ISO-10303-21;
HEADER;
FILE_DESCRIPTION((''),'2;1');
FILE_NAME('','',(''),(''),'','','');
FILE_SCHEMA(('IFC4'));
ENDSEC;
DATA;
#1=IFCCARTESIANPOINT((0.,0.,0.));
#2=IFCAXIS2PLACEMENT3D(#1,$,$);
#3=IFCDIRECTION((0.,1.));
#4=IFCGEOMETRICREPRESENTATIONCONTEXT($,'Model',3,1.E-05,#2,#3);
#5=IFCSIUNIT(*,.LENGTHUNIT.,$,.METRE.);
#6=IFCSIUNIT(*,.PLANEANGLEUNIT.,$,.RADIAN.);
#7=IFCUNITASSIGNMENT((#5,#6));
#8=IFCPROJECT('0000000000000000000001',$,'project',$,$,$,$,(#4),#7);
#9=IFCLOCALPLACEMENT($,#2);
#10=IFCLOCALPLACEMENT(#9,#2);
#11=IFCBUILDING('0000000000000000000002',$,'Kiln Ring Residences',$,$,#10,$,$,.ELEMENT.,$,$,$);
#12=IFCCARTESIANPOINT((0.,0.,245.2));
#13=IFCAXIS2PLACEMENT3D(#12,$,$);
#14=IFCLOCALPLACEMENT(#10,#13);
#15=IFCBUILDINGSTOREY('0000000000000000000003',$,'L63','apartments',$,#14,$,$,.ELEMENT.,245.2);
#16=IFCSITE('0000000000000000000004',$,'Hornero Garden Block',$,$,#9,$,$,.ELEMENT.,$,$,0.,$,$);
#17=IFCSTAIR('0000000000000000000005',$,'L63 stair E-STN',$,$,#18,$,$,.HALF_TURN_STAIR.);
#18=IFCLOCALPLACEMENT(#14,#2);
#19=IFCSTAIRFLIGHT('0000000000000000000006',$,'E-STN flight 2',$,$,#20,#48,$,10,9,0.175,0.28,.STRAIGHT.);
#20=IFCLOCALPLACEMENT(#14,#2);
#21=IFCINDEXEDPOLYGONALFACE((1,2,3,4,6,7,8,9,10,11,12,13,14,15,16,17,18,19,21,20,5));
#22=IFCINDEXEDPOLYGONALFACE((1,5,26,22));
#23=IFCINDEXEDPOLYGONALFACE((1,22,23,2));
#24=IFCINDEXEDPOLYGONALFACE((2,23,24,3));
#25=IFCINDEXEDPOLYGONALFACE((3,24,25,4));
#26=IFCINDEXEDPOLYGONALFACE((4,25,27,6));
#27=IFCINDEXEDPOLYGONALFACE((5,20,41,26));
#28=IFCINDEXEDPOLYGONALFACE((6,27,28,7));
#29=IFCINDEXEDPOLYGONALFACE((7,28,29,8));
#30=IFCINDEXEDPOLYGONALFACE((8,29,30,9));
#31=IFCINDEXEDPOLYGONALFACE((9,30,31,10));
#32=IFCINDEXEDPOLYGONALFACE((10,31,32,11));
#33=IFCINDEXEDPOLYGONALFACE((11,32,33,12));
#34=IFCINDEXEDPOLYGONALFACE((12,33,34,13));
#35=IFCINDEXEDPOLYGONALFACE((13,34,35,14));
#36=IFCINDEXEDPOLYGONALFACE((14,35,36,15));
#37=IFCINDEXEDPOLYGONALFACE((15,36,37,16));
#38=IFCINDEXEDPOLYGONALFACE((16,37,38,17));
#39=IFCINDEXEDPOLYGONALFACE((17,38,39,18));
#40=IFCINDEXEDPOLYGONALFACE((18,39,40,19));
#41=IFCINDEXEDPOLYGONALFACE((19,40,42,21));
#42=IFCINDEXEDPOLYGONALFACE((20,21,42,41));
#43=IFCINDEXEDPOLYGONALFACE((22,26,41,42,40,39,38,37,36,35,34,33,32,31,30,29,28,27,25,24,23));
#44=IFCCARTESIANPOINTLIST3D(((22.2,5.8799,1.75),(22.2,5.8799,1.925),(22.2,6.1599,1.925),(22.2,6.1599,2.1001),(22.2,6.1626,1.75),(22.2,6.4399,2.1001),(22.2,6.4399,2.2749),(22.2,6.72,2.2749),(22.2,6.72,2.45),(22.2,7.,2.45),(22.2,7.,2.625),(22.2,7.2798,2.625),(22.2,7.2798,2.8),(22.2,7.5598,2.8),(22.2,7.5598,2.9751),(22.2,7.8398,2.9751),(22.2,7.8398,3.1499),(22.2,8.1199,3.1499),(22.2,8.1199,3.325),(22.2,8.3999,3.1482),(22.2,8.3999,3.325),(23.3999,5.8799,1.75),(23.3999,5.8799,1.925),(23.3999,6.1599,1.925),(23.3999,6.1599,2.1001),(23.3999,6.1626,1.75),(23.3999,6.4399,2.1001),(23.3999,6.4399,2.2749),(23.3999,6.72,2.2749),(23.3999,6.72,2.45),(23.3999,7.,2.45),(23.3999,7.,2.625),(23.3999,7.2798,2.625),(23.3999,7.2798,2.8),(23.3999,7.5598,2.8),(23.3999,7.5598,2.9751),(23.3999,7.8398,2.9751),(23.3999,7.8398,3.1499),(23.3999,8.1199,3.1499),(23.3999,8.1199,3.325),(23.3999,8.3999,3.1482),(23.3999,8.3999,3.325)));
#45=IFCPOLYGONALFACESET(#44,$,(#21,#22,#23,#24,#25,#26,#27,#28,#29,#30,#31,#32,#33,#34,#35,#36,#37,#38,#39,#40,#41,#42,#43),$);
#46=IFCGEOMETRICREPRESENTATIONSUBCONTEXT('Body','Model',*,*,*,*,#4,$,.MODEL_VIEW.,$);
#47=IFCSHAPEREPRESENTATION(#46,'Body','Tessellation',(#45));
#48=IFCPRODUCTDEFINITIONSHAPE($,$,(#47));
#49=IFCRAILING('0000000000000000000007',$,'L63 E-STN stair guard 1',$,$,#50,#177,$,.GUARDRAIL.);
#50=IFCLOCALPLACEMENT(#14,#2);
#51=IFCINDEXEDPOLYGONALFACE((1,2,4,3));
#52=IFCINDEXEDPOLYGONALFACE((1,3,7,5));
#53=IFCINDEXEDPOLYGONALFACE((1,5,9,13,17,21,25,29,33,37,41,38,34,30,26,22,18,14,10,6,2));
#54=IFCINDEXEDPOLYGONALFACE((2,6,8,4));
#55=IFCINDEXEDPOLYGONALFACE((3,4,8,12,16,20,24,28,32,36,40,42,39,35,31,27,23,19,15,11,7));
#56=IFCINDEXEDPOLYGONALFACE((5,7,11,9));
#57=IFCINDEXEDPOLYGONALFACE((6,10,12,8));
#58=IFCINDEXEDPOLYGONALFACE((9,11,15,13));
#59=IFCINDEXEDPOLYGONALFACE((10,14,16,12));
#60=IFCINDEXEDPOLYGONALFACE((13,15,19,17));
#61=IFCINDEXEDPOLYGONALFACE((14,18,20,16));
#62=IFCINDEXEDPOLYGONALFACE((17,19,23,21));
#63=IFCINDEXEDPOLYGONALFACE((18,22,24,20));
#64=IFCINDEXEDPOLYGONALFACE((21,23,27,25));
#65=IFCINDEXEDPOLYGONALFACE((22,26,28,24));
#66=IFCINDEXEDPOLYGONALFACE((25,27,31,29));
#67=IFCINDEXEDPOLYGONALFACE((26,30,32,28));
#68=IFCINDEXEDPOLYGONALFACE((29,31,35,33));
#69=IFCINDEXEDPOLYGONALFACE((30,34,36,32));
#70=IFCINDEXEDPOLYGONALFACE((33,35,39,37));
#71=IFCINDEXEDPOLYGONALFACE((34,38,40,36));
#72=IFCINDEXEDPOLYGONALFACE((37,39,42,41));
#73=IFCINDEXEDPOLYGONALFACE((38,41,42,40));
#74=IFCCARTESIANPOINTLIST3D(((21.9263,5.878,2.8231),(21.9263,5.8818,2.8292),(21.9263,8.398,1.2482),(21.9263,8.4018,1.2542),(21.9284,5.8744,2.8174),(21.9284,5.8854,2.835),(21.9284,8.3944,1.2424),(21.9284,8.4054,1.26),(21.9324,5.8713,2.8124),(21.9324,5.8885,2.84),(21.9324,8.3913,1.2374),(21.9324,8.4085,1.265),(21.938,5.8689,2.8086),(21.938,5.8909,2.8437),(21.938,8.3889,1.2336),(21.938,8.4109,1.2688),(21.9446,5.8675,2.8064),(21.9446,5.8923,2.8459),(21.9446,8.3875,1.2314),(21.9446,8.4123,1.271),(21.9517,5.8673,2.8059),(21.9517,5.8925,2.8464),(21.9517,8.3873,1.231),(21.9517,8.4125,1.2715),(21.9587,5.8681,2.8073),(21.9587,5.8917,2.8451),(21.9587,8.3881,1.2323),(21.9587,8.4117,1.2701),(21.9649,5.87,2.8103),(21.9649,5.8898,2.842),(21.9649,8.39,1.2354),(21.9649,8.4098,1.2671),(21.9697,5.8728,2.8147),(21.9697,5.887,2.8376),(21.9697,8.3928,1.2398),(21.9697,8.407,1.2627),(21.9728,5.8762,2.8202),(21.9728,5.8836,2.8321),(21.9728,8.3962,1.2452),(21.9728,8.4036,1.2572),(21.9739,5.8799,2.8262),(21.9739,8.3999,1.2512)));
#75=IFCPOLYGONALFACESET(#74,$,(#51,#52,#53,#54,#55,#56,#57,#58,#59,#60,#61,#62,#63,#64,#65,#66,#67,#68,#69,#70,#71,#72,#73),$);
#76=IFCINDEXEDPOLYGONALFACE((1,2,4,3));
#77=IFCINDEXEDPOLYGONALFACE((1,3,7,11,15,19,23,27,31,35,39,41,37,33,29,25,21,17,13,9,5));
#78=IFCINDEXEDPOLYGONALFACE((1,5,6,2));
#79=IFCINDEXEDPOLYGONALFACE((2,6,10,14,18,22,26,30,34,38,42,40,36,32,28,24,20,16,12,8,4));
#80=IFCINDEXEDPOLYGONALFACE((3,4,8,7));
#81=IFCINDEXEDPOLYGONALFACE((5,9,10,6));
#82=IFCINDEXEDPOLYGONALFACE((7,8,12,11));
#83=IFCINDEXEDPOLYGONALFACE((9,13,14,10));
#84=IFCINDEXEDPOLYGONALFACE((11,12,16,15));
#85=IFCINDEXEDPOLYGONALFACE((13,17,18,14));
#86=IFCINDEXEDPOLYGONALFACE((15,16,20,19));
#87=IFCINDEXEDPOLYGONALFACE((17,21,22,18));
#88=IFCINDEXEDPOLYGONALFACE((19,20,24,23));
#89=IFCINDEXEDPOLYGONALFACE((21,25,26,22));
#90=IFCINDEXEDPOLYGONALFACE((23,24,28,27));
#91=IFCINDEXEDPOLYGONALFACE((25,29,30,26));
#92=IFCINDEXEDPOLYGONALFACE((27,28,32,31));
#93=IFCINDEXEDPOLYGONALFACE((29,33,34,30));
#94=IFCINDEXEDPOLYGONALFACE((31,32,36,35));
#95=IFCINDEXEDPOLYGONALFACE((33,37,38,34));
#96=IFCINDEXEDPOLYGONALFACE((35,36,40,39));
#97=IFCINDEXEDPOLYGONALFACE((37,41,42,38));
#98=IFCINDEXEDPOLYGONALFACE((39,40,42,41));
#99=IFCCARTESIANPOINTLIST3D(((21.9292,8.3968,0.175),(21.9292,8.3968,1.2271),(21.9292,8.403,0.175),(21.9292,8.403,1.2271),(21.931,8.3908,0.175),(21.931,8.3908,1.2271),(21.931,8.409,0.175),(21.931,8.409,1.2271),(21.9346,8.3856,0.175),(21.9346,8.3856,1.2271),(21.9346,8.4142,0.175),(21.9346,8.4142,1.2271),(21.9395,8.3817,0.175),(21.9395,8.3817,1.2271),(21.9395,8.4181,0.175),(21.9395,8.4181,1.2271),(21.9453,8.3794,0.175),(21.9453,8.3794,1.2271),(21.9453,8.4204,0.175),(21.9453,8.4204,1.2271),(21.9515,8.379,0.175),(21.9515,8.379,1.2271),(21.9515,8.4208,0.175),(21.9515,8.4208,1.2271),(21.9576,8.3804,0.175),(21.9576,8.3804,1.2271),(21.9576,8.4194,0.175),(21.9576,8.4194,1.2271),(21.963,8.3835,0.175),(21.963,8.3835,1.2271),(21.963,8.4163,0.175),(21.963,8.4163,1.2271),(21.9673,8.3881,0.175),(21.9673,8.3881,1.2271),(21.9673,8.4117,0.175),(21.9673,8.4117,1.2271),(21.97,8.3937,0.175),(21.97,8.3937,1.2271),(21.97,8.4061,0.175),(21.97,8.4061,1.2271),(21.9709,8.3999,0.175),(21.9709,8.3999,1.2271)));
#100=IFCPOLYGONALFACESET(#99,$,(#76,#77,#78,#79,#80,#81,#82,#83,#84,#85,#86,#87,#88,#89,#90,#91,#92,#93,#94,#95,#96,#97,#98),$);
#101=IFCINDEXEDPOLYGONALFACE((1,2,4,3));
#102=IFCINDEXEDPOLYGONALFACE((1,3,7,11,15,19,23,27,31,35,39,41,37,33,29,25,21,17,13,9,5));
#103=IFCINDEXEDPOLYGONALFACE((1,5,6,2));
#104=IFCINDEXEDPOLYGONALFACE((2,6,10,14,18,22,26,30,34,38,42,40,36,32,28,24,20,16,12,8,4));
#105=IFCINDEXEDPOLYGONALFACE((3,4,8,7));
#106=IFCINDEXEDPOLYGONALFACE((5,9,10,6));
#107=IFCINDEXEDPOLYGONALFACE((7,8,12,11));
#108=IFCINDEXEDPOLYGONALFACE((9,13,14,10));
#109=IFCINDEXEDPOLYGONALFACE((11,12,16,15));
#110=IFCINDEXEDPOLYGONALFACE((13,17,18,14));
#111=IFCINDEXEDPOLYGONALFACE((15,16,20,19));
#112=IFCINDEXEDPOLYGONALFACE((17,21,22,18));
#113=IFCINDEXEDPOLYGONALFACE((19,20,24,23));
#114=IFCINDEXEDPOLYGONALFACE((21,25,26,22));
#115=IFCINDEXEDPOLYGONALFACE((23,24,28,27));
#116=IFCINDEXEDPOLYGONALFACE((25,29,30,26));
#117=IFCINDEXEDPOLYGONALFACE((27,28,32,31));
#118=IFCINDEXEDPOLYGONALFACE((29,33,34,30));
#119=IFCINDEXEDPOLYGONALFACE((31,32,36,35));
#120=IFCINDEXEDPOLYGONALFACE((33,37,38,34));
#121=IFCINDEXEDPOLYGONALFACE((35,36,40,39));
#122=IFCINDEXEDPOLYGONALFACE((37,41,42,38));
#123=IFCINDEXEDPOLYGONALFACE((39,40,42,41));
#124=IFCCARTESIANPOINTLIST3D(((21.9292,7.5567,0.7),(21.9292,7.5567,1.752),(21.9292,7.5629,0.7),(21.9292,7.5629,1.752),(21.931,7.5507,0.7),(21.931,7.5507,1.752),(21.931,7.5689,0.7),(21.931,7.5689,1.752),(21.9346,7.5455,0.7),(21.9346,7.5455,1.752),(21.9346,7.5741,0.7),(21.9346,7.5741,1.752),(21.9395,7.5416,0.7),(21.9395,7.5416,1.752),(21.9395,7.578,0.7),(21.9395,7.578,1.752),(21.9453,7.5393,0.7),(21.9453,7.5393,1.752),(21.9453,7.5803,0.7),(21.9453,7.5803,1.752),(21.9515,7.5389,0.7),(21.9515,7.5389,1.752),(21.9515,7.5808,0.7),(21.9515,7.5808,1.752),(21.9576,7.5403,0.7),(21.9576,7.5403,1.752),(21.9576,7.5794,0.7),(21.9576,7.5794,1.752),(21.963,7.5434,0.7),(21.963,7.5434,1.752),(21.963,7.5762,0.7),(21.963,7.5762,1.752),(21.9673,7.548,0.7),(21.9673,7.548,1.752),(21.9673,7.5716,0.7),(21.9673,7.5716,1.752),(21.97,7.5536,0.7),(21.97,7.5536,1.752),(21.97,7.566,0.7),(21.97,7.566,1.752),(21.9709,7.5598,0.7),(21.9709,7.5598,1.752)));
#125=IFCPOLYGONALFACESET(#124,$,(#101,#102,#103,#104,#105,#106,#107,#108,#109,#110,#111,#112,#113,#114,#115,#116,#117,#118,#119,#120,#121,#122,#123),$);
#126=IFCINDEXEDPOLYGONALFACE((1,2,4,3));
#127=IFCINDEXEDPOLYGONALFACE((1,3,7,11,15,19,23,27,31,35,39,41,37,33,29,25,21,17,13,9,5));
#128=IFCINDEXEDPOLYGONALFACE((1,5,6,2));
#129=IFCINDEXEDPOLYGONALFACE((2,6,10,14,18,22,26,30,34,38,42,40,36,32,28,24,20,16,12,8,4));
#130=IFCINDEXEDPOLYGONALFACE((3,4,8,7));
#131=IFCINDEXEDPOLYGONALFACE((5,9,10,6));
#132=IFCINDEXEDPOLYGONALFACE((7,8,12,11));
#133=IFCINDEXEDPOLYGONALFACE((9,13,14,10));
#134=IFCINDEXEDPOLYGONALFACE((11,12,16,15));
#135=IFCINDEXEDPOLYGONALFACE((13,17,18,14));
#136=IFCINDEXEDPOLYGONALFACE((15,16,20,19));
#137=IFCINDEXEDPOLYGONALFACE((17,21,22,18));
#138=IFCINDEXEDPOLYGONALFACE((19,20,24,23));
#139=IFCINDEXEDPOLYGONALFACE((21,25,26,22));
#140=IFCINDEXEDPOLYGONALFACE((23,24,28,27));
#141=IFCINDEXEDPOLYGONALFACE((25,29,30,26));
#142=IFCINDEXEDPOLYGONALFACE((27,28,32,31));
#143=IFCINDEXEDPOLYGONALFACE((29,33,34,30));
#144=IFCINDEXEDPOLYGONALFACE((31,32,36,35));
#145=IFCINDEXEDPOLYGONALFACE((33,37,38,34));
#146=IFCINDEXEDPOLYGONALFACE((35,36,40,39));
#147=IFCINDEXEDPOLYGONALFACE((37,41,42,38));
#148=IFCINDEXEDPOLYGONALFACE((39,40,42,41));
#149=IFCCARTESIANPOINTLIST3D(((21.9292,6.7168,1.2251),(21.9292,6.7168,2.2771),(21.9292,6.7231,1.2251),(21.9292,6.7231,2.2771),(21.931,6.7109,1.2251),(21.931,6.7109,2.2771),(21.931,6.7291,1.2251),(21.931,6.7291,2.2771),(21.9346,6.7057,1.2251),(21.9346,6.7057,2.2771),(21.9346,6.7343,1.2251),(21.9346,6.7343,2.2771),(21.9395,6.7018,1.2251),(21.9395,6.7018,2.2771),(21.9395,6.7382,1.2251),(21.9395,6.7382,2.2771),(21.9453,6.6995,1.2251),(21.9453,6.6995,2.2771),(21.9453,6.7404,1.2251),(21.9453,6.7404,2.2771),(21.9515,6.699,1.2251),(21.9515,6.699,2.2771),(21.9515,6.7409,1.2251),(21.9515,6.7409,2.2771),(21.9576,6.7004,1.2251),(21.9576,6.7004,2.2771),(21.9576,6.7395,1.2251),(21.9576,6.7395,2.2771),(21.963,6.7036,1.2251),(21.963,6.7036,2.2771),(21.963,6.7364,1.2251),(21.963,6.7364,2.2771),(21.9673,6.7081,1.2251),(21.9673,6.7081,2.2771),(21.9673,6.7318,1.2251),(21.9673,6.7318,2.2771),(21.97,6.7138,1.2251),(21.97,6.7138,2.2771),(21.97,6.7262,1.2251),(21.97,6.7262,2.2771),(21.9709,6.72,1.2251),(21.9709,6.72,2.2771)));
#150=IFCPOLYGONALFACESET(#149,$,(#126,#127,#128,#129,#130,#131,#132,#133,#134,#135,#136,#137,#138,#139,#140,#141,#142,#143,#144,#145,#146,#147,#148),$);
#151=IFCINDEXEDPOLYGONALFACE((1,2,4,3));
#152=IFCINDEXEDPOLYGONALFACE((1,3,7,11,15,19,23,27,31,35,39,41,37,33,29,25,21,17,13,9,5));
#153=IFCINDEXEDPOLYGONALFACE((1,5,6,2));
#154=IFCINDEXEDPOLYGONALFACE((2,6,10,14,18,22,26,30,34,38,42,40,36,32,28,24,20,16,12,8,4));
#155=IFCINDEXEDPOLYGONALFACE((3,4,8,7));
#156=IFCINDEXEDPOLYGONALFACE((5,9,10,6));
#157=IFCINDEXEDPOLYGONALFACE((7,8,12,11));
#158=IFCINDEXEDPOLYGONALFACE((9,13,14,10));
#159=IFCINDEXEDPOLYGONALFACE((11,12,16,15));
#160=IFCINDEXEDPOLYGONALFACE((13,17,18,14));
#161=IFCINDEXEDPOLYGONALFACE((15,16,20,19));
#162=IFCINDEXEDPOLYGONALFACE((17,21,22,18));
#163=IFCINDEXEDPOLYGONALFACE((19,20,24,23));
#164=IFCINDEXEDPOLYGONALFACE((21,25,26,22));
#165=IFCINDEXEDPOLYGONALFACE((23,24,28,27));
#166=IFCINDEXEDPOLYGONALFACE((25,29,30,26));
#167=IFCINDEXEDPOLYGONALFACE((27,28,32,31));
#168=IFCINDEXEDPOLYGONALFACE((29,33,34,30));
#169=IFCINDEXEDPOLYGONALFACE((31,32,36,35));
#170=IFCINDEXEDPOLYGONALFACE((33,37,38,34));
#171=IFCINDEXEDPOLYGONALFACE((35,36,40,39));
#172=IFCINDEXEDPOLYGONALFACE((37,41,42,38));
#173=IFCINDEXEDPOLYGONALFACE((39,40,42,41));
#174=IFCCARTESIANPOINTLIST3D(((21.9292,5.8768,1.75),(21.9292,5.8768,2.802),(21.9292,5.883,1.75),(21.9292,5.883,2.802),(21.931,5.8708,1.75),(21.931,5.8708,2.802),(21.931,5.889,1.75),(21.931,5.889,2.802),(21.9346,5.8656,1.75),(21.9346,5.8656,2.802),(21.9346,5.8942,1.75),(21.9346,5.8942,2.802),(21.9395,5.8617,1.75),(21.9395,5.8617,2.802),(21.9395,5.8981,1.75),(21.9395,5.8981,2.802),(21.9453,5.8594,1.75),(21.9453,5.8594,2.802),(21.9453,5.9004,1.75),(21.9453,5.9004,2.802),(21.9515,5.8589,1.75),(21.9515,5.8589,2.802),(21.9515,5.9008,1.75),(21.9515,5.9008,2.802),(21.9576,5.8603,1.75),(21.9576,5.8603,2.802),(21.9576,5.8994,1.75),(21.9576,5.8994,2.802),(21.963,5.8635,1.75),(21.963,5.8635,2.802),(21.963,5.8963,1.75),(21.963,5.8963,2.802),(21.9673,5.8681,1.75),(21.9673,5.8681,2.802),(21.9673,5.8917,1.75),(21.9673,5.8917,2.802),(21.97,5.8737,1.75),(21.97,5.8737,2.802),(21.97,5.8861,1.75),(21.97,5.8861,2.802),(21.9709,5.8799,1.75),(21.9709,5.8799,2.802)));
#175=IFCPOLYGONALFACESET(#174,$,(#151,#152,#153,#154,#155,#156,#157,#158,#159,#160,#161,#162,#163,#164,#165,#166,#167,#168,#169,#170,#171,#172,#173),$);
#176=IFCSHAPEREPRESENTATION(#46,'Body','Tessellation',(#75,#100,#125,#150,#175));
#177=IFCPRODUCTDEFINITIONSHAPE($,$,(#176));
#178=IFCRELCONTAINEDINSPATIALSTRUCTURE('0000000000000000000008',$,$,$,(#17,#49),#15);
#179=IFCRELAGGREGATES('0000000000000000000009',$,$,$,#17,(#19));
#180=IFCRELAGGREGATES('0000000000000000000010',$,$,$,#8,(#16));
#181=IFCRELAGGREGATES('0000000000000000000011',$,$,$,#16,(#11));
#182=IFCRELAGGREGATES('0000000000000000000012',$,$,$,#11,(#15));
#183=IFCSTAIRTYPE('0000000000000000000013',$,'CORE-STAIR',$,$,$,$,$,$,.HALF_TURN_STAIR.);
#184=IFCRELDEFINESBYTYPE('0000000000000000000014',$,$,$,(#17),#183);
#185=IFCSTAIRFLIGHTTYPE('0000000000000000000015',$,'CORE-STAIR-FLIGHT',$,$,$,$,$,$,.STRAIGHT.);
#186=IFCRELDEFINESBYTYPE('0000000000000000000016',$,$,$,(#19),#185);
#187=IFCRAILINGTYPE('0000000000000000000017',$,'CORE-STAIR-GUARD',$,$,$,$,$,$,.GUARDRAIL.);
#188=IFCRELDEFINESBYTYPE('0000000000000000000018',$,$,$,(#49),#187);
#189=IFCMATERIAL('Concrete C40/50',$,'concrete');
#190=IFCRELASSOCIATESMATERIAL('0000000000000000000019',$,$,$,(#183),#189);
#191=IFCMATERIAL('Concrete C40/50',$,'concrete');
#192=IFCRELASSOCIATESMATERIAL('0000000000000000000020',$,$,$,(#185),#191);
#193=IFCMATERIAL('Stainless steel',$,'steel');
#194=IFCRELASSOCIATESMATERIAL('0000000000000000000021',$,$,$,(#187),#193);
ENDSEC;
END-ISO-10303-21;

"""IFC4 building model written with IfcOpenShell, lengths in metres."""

from ifc_helpers import new_model, si_unit, direction, frame, origin, origin_2d, place, context, subcontext, project, spatial, polyline, circle, outline, extrude, material, type_object, element, aggregate, save


model = new_model("IFC4")

# Units and contexts
model_context = context("Model", 3, precision=1e-05, world=origin(), true_north=direction((0.0, 1.0)))
body_context = subcontext(model_context, "Body", "Model", "MODEL_VIEW")
ifc_project = project(units=[si_unit("LENGTHUNIT", "METRE"), si_unit("PLANEANGLEUNIT", "RADIAN")], contexts=[model_context])

# Site, building, storey
site_placement = place(None, origin())
site = spatial("IfcSite", under=ifc_project, at=site_placement, Name="Hornero Garden Block", CompositionType="ELEMENT", RefElevation=0.0)
building_placement = place(site_placement, origin())
building = spatial("IfcBuilding", under=site, at=building_placement, Name="Kiln Ring Residences", CompositionType="ELEMENT")
storey_placement = place(building_placement, frame((0.0, 0.0, 245.2)))
storey = spatial("IfcBuildingStorey", under=building, at=storey_placement, Name="L63", Description="apartments", CompositionType="ELEMENT", Elevation=245.2)

# Stair, stair flight
ifc_material_1 = material(Name="Concrete C40/50", Category="concrete")
stair_type = type_object("IfcStairType", Name="CORE-STAIR", PredefinedType="HALF_TURN_STAIR", material=ifc_material_1)
stair_placement = place(storey_placement, origin())
stair = element("IfcStair", 1, at=stair_placement, inside=storey, type_object=stair_type, Name="L63 stair E-STN", PredefinedType="HALF_TURN_STAIR")
ifc_material_2 = material(Name="Concrete C40/50", Category="concrete")
stair_flight_type = type_object("IfcStairFlightType", Name="CORE-STAIR-FLIGHT", PredefinedType="STRAIGHT", material=ifc_material_2)
stair_flight_1_placement = place(storey_placement, frame((22.8, 5.8799, 1.75), z_axis=(0.0, 0.0, 1.0), x_axis=(0.0, 1.0, 0.0)))
stair_flight_1 = element("IfcStairFlight", 2, at=stair_flight_1_placement, type_object=stair_flight_type, Name="E-STN flight 2", NumberOfRisers=10, NumberOfTreads=9, PredefinedType="STRAIGHT", RiserHeight=0.175, TreadLength=0.28, context=body_context, shape_type="SweptSolid", body=[
    extrude(outline(polyline([(0.0, 0.0), (0.0, 0.175), (0.28, 0.175), (0.28, 0.3501), (0.5601, 0.3501), (0.5601, 0.5249), (0.8401, 0.5249), (0.8401, 0.7), (1.1201, 0.7), (1.1201, 0.875), (1.3999, 0.875), (1.3999, 1.05), (1.6799, 1.05), (1.6799, 1.2251), (1.96, 1.2251), (1.96, 1.3999), (2.24, 1.3999), (2.24, 1.575), (2.52, 1.575), (2.52, 1.75), (2.52, 1.3982), (0.2827, 0.0), (0.0, 0.0)])), frame((0.0, 0.6001, 0.0), z_axis=(0.0, -1.0, 0.0), x_axis=(1.0, 0.0, 0.0)), (0.0, 0.0, 1.0), 1.2),
])
aggregate(stair, [stair_flight_1])

# Railing
ifc_material_3 = material(Name="Stainless steel", Category="steel")
railing_type_1 = type_object("IfcRailingType", Name="CORE-STAIR-GUARD", PredefinedType="GUARDRAIL", material=ifc_material_3)
railing_1_placement = place(storey_placement, frame((21.95, 8.3999, 0.175)))
element("IfcRailing", 3, at=railing_1_placement, inside=storey, type_object=railing_type_1, Name="L63 E-STN stair guard 1", PredefinedType="GUARDRAIL", context=body_context, shape_type="SweptSolid", body=[
    extrude(circle(Radius=0.0239, at=origin_2d()), frame((0.0, 0.0, 1.0762), z_axis=(0.0, -0.848008, 0.529984), x_axis=(1.0, 0.0, 0.0)), (0.0, 0.0, 1.0), 2.9717),
    extrude(circle(Radius=0.021, at=origin_2d()), origin(), (0.0, 0.0, 1.0), 1.052),
    extrude(circle(Radius=0.021, at=origin_2d()), frame((0.0, -0.8401, 0.5249)), (0.0, 0.0, 1.0), 1.052),
    extrude(circle(Radius=0.021, at=origin_2d()), frame((0.0, -1.6799, 1.05)), (0.0, 0.0, 1.0), 1.052),
    extrude(circle(Radius=0.021, at=origin_2d()), frame((0.0, -2.52, 1.575)), (0.0, 0.0, 1.0), 1.052),
])

save(model, "model.ifc")
